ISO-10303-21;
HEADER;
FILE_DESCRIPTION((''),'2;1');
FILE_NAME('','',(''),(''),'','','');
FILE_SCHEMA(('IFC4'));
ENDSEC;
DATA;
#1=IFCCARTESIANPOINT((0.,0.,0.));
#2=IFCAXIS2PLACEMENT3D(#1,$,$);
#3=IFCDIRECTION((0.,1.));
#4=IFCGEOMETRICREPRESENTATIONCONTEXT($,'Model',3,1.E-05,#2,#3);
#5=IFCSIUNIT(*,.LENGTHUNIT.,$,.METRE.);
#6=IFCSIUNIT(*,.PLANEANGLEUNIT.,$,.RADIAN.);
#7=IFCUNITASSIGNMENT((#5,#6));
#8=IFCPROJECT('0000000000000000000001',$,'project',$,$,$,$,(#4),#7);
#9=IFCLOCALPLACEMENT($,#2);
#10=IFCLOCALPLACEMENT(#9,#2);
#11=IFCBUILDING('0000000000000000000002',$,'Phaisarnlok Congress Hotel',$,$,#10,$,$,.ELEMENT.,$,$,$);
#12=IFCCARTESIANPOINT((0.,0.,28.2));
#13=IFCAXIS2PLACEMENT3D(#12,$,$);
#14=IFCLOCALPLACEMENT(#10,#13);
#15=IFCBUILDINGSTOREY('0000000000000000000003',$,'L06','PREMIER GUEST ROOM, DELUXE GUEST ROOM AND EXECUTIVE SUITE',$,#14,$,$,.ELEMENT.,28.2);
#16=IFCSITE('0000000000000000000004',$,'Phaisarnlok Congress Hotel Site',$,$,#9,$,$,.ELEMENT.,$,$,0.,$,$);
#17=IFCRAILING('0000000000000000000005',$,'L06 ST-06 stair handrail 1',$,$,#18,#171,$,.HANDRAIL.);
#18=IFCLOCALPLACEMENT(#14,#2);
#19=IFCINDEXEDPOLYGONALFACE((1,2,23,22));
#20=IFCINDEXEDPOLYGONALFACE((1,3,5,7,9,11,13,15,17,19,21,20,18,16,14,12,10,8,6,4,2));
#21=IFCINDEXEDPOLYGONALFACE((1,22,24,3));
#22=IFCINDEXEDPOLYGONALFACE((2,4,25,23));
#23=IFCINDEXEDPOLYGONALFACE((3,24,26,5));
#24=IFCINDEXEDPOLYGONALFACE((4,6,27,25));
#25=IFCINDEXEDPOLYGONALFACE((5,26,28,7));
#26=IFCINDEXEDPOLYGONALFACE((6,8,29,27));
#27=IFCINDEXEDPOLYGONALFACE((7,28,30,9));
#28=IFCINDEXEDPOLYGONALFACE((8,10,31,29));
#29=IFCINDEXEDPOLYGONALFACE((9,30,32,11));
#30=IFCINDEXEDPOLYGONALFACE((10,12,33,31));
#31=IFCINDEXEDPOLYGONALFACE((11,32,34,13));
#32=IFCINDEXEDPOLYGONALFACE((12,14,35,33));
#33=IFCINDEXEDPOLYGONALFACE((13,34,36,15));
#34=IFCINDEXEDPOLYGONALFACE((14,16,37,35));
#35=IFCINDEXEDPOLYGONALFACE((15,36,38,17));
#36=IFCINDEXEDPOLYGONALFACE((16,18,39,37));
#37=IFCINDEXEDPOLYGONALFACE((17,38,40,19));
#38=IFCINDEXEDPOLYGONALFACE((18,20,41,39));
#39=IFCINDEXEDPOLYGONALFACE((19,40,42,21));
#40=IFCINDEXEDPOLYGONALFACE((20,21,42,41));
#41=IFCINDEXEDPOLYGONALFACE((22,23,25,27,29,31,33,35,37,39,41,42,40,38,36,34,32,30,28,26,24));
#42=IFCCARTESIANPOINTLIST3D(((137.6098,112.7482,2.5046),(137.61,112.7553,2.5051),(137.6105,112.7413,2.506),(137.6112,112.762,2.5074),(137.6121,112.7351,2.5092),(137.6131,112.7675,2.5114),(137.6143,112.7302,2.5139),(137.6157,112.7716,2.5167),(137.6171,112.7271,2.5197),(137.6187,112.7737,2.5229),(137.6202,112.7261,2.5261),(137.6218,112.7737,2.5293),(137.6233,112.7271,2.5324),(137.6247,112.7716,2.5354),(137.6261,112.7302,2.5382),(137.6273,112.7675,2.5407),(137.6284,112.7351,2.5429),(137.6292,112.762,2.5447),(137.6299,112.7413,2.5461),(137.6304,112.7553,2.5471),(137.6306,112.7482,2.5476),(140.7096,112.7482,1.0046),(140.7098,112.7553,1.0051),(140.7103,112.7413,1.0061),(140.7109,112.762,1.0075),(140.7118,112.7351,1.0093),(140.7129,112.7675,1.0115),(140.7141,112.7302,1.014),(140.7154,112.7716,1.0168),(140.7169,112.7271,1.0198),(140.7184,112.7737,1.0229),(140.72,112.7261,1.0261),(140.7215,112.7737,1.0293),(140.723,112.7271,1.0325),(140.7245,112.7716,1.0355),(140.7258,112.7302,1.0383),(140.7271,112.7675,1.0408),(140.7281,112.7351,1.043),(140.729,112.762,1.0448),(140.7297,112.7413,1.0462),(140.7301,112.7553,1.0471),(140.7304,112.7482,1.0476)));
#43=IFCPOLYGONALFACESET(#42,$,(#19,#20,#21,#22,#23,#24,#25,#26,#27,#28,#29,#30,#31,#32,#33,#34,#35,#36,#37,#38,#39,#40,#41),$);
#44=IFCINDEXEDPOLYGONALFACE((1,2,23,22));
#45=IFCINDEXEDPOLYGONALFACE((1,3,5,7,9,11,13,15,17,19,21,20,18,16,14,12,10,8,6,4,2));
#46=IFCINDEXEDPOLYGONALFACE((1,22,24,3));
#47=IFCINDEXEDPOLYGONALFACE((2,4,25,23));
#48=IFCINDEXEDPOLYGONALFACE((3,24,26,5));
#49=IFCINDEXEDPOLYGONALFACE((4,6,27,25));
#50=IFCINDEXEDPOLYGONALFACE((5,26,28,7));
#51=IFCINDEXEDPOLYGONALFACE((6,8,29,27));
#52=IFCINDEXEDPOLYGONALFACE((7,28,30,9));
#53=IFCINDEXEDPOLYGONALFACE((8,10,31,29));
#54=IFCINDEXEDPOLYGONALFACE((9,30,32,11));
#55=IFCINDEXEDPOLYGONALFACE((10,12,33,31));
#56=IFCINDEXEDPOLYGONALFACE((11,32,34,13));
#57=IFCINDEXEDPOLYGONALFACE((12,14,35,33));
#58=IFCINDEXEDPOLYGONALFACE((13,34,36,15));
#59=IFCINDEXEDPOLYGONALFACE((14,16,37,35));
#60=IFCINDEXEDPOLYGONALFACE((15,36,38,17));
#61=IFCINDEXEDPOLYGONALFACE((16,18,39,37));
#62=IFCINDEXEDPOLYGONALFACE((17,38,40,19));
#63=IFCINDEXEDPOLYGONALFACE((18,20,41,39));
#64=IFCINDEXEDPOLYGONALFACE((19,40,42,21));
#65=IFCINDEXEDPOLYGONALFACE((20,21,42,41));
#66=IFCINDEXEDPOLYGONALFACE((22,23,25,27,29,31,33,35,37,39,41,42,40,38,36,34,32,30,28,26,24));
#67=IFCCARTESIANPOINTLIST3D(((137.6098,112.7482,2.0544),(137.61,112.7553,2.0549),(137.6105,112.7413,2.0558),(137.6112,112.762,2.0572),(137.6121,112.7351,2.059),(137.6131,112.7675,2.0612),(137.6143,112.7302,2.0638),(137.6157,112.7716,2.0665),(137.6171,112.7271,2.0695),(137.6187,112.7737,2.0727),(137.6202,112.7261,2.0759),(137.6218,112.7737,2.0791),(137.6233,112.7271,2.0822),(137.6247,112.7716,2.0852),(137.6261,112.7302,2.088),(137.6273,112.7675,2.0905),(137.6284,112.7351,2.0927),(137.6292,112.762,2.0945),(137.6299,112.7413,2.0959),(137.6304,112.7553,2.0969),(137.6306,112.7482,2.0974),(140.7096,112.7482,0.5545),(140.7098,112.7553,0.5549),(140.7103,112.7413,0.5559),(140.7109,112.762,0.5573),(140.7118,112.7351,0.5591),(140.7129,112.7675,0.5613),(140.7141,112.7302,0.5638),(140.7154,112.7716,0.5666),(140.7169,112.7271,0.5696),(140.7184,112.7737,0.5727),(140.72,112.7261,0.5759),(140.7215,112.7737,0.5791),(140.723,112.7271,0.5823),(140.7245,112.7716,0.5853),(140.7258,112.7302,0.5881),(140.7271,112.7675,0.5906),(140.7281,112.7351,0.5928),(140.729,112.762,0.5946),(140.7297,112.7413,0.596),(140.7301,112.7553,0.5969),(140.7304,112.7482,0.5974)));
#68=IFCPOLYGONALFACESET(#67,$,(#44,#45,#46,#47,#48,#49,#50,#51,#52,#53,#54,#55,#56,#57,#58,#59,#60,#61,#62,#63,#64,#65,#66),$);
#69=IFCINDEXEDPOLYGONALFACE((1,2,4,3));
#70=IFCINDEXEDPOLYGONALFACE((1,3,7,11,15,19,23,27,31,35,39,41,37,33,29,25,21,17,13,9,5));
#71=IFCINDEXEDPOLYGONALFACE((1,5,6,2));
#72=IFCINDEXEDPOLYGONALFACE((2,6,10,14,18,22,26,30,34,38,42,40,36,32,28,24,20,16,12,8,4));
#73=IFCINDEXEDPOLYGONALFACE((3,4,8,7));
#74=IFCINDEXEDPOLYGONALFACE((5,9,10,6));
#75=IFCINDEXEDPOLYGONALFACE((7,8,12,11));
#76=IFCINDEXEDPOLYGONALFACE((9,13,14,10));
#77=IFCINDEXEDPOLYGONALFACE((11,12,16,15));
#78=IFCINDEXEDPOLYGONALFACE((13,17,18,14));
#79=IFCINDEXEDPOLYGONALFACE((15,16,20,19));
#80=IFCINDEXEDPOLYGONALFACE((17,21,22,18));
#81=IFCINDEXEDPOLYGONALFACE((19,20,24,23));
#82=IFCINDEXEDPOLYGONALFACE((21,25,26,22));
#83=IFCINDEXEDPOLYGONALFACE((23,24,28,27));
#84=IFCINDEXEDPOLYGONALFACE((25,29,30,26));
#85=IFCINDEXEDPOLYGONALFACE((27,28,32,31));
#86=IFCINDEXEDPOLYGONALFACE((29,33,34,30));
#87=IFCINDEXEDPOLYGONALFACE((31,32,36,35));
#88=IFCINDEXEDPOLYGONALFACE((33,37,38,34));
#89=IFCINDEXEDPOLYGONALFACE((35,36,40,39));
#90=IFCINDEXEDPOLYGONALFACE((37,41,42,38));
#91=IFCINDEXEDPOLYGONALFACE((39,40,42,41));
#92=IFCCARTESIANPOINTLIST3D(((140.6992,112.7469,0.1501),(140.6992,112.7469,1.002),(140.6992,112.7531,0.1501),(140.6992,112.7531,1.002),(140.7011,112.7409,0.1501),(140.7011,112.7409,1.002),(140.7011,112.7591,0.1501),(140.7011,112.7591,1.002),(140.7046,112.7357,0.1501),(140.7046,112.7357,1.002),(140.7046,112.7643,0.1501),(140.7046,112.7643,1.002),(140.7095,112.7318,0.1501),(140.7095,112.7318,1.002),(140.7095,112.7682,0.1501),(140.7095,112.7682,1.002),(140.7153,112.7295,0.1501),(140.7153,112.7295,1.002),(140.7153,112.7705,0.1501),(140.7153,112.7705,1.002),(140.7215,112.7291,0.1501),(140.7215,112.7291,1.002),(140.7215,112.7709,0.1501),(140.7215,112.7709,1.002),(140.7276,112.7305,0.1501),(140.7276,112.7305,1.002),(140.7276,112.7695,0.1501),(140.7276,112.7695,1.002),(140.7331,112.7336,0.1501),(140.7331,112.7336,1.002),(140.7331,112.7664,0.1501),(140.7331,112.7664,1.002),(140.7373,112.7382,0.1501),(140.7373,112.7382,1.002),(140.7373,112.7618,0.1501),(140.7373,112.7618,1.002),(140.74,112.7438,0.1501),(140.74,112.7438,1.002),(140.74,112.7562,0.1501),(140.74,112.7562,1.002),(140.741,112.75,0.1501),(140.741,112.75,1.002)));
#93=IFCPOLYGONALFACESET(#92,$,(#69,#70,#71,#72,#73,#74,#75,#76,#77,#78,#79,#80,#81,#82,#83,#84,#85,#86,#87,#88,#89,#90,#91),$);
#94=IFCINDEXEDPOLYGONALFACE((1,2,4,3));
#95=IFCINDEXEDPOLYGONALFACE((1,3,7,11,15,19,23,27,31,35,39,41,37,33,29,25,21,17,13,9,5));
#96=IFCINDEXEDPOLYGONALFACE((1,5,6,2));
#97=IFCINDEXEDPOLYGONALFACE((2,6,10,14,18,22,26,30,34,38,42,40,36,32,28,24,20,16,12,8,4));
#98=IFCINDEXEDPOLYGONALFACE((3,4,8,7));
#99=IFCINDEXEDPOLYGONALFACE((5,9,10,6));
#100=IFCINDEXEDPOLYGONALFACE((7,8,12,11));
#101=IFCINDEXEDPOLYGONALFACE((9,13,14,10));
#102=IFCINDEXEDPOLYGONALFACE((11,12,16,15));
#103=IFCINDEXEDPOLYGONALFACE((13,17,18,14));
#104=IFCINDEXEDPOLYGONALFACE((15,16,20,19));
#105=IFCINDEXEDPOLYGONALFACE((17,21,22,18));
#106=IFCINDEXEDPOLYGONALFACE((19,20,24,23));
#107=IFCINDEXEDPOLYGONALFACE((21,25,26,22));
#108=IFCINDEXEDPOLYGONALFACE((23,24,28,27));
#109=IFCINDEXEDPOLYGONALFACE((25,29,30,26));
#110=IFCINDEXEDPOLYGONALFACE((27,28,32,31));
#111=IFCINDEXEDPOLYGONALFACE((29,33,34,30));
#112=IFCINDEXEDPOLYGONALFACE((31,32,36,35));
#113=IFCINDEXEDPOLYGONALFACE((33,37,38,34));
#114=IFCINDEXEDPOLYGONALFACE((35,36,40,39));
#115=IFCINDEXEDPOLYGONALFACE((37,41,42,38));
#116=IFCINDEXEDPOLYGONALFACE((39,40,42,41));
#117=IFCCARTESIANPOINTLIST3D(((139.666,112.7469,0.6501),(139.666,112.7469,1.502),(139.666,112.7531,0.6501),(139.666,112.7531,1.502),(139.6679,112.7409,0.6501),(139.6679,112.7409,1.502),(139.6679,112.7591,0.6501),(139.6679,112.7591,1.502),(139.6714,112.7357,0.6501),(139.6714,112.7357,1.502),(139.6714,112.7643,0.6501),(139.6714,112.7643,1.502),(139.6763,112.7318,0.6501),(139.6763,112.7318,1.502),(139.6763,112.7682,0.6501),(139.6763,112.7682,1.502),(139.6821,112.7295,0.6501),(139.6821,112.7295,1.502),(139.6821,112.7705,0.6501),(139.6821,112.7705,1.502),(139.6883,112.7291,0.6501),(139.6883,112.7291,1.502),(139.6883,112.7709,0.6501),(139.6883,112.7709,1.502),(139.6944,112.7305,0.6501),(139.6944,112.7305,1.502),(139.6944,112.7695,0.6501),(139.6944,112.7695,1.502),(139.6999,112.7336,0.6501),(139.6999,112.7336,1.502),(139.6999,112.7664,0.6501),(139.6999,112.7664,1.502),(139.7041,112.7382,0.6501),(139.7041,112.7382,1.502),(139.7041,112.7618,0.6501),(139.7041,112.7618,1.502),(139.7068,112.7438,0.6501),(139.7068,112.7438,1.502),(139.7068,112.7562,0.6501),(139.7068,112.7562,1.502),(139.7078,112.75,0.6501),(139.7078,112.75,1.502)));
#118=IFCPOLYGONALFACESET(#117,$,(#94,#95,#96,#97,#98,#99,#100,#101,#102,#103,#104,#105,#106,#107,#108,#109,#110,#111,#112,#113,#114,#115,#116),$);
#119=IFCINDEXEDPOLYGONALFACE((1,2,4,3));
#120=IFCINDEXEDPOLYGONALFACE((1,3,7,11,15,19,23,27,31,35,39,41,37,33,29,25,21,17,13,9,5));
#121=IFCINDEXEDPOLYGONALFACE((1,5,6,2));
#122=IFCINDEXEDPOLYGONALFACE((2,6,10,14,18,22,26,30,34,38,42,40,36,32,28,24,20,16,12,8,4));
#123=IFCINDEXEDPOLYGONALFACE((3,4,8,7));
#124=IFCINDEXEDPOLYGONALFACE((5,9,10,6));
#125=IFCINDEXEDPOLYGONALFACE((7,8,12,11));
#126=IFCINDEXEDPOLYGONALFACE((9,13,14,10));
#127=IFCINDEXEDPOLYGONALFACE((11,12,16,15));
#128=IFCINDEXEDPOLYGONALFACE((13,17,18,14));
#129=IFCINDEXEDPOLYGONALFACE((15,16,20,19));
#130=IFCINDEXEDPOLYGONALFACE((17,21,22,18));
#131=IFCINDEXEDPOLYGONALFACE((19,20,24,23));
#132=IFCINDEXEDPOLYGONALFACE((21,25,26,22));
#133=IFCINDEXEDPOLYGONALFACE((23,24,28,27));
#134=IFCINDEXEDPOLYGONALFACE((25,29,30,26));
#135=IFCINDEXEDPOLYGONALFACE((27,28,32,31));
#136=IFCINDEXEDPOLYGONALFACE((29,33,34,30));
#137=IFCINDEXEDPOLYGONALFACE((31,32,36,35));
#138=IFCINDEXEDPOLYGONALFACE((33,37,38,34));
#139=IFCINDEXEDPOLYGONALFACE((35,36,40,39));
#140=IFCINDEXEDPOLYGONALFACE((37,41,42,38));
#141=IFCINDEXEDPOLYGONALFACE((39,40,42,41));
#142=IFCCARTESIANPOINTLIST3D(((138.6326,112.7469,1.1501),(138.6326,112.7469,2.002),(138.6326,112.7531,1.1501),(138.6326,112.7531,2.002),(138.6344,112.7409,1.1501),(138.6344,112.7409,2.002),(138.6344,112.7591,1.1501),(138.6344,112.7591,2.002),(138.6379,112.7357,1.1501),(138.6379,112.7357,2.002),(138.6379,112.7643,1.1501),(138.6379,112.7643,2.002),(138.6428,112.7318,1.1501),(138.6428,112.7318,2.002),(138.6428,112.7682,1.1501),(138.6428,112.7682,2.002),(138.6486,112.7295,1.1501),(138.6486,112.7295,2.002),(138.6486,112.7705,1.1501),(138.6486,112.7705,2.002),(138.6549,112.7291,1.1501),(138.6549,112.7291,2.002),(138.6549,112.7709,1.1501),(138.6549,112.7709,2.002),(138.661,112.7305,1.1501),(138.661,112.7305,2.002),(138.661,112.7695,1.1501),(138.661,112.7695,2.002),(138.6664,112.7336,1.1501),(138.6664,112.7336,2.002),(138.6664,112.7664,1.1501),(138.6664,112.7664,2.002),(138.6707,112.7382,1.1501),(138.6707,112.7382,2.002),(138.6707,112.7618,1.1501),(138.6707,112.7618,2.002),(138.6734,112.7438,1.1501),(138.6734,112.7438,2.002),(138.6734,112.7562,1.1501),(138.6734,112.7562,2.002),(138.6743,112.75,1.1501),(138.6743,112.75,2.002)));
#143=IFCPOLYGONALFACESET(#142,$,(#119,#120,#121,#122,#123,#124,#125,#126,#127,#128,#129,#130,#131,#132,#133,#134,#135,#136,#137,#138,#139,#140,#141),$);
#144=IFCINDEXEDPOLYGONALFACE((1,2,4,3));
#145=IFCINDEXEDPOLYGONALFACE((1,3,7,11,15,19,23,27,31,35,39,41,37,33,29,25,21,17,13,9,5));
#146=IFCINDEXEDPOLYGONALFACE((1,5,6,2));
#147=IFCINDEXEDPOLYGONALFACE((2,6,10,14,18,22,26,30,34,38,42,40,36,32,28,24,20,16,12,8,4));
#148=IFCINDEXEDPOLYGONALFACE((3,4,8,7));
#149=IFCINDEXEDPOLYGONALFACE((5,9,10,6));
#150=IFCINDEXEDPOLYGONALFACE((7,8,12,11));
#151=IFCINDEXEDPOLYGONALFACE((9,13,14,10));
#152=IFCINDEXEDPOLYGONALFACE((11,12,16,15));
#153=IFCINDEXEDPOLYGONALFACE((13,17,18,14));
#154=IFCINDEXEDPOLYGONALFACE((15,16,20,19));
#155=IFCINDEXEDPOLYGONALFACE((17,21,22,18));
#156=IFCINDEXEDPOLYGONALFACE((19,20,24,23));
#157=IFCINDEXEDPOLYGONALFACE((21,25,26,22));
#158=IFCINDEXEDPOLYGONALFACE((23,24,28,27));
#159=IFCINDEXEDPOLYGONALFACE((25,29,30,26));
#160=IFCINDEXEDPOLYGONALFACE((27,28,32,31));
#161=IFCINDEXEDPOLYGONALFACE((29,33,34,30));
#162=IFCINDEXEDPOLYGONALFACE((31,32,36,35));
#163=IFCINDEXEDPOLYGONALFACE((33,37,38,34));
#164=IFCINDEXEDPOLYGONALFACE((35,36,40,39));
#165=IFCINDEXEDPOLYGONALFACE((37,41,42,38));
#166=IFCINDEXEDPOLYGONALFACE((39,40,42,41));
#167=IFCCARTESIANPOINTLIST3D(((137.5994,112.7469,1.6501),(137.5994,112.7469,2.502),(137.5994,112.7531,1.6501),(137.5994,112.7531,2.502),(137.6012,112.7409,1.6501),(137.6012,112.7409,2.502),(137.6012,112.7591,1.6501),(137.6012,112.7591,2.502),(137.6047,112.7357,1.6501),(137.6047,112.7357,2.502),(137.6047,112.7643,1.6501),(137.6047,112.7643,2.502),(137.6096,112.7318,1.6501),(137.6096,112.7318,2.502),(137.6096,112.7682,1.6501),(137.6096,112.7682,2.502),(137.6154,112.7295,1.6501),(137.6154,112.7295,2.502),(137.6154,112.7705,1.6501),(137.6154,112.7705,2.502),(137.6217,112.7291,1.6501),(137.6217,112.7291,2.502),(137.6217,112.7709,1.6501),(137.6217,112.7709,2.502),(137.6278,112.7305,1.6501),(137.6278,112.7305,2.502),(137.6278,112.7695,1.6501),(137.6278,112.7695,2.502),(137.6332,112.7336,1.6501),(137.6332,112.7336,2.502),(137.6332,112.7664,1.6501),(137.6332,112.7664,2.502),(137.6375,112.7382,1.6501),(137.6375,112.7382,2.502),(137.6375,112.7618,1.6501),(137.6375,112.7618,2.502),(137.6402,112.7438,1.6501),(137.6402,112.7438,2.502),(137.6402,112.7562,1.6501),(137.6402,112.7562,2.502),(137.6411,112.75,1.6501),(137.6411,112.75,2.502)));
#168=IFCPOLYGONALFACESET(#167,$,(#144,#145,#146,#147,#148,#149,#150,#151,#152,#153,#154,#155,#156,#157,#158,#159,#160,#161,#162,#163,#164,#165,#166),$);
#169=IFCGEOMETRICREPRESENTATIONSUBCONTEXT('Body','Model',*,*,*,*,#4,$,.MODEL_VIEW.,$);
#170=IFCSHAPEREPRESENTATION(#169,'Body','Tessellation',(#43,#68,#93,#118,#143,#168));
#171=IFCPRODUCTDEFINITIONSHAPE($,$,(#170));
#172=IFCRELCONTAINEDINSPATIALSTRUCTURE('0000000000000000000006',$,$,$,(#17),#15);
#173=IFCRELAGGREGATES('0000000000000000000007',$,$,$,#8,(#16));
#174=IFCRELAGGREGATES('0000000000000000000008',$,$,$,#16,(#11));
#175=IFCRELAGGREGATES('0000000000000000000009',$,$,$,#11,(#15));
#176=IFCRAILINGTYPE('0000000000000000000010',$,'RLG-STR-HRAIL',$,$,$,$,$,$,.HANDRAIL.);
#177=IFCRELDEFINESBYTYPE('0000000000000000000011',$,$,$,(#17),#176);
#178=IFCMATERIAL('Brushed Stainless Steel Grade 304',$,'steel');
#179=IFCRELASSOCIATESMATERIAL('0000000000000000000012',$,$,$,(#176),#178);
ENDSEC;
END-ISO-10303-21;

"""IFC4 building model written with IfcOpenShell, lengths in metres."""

from ifc_helpers import new_model, si_unit, direction, frame, origin, origin_2d, place, context, subcontext, project, spatial, circle, extrude, material, type_object, element, save


model = new_model("IFC4")

# Units and contexts
model_context = context("Model", 3, precision=1e-05, world=origin(), true_north=direction((0.0, 1.0)))
body_context = subcontext(model_context, "Body", "Model", "MODEL_VIEW")
ifc_project = project(units=[si_unit("LENGTHUNIT", "METRE"), si_unit("PLANEANGLEUNIT", "RADIAN")], contexts=[model_context])

# Site, building, storey
site_placement = place(None, origin())
site = spatial("IfcSite", under=ifc_project, at=site_placement, Name="Phaisarnlok Congress Hotel Site", CompositionType="ELEMENT", RefElevation=0.0)
building_placement = place(site_placement, origin())
building = spatial("IfcBuilding", under=site, at=building_placement, Name="Phaisarnlok Congress Hotel", CompositionType="ELEMENT")
storey_placement = place(building_placement, frame((0.0, 0.0, 28.2)))
storey = spatial("IfcBuildingStorey", under=building, at=storey_placement, Name="L06", Description="PREMIER GUEST ROOM, DELUXE GUEST ROOM AND EXECUTIVE SUITE", CompositionType="ELEMENT", Elevation=28.2)

# Railing
ifc_material_1 = material(Name="Brushed Stainless Steel Grade 304", Category="steel")
railing_type_1 = type_object("IfcRailingType", Name="RLG-STR-HRAIL", PredefinedType="HANDRAIL", material=ifc_material_1)
railing_1_placement = place(storey_placement, frame((140.72, 112.75, 0.1501)))
element("IfcRailing", 1, at=railing_1_placement, inside=storey, type_object=railing_type_1, Name="L06 ST-06 stair handrail 1", PredefinedType="HANDRAIL", context=body_context, shape_type="SweptSolid", body=[
    extrude(circle(Radius=0.0239, at=origin_2d()), frame((0.0, 0.0, 0.876), z_axis=(-0.900151, 0.0, 0.435578), x_axis=(0.0, -1.0, 0.0)), (0.0, 0.0, 1.0), 3.4436),
    extrude(circle(Radius=0.0239, at=origin_2d()), frame((0.0, 0.0, 0.4258), z_axis=(-0.900151, 0.0, 0.435578), x_axis=(0.0, -1.0, 0.0)), (0.0, 0.0, 1.0), 3.4436),
    extrude(circle(Radius=0.021, at=origin_2d()), origin(), (0.0, 0.0, 1.0), 0.8518),
    extrude(circle(Radius=0.021, at=origin_2d()), frame((-1.0332, 0.0, 0.5)), (0.0, 0.0, 1.0), 0.8518),
    extrude(circle(Radius=0.021, at=origin_2d()), frame((-2.0667, 0.0, 1.0)), (0.0, 0.0, 1.0), 0.8518),
    extrude(circle(Radius=0.021, at=origin_2d()), frame((-3.0999, 0.0, 1.5)), (0.0, 0.0, 1.0), 0.8518),
])

save(model, "model.ifc")
